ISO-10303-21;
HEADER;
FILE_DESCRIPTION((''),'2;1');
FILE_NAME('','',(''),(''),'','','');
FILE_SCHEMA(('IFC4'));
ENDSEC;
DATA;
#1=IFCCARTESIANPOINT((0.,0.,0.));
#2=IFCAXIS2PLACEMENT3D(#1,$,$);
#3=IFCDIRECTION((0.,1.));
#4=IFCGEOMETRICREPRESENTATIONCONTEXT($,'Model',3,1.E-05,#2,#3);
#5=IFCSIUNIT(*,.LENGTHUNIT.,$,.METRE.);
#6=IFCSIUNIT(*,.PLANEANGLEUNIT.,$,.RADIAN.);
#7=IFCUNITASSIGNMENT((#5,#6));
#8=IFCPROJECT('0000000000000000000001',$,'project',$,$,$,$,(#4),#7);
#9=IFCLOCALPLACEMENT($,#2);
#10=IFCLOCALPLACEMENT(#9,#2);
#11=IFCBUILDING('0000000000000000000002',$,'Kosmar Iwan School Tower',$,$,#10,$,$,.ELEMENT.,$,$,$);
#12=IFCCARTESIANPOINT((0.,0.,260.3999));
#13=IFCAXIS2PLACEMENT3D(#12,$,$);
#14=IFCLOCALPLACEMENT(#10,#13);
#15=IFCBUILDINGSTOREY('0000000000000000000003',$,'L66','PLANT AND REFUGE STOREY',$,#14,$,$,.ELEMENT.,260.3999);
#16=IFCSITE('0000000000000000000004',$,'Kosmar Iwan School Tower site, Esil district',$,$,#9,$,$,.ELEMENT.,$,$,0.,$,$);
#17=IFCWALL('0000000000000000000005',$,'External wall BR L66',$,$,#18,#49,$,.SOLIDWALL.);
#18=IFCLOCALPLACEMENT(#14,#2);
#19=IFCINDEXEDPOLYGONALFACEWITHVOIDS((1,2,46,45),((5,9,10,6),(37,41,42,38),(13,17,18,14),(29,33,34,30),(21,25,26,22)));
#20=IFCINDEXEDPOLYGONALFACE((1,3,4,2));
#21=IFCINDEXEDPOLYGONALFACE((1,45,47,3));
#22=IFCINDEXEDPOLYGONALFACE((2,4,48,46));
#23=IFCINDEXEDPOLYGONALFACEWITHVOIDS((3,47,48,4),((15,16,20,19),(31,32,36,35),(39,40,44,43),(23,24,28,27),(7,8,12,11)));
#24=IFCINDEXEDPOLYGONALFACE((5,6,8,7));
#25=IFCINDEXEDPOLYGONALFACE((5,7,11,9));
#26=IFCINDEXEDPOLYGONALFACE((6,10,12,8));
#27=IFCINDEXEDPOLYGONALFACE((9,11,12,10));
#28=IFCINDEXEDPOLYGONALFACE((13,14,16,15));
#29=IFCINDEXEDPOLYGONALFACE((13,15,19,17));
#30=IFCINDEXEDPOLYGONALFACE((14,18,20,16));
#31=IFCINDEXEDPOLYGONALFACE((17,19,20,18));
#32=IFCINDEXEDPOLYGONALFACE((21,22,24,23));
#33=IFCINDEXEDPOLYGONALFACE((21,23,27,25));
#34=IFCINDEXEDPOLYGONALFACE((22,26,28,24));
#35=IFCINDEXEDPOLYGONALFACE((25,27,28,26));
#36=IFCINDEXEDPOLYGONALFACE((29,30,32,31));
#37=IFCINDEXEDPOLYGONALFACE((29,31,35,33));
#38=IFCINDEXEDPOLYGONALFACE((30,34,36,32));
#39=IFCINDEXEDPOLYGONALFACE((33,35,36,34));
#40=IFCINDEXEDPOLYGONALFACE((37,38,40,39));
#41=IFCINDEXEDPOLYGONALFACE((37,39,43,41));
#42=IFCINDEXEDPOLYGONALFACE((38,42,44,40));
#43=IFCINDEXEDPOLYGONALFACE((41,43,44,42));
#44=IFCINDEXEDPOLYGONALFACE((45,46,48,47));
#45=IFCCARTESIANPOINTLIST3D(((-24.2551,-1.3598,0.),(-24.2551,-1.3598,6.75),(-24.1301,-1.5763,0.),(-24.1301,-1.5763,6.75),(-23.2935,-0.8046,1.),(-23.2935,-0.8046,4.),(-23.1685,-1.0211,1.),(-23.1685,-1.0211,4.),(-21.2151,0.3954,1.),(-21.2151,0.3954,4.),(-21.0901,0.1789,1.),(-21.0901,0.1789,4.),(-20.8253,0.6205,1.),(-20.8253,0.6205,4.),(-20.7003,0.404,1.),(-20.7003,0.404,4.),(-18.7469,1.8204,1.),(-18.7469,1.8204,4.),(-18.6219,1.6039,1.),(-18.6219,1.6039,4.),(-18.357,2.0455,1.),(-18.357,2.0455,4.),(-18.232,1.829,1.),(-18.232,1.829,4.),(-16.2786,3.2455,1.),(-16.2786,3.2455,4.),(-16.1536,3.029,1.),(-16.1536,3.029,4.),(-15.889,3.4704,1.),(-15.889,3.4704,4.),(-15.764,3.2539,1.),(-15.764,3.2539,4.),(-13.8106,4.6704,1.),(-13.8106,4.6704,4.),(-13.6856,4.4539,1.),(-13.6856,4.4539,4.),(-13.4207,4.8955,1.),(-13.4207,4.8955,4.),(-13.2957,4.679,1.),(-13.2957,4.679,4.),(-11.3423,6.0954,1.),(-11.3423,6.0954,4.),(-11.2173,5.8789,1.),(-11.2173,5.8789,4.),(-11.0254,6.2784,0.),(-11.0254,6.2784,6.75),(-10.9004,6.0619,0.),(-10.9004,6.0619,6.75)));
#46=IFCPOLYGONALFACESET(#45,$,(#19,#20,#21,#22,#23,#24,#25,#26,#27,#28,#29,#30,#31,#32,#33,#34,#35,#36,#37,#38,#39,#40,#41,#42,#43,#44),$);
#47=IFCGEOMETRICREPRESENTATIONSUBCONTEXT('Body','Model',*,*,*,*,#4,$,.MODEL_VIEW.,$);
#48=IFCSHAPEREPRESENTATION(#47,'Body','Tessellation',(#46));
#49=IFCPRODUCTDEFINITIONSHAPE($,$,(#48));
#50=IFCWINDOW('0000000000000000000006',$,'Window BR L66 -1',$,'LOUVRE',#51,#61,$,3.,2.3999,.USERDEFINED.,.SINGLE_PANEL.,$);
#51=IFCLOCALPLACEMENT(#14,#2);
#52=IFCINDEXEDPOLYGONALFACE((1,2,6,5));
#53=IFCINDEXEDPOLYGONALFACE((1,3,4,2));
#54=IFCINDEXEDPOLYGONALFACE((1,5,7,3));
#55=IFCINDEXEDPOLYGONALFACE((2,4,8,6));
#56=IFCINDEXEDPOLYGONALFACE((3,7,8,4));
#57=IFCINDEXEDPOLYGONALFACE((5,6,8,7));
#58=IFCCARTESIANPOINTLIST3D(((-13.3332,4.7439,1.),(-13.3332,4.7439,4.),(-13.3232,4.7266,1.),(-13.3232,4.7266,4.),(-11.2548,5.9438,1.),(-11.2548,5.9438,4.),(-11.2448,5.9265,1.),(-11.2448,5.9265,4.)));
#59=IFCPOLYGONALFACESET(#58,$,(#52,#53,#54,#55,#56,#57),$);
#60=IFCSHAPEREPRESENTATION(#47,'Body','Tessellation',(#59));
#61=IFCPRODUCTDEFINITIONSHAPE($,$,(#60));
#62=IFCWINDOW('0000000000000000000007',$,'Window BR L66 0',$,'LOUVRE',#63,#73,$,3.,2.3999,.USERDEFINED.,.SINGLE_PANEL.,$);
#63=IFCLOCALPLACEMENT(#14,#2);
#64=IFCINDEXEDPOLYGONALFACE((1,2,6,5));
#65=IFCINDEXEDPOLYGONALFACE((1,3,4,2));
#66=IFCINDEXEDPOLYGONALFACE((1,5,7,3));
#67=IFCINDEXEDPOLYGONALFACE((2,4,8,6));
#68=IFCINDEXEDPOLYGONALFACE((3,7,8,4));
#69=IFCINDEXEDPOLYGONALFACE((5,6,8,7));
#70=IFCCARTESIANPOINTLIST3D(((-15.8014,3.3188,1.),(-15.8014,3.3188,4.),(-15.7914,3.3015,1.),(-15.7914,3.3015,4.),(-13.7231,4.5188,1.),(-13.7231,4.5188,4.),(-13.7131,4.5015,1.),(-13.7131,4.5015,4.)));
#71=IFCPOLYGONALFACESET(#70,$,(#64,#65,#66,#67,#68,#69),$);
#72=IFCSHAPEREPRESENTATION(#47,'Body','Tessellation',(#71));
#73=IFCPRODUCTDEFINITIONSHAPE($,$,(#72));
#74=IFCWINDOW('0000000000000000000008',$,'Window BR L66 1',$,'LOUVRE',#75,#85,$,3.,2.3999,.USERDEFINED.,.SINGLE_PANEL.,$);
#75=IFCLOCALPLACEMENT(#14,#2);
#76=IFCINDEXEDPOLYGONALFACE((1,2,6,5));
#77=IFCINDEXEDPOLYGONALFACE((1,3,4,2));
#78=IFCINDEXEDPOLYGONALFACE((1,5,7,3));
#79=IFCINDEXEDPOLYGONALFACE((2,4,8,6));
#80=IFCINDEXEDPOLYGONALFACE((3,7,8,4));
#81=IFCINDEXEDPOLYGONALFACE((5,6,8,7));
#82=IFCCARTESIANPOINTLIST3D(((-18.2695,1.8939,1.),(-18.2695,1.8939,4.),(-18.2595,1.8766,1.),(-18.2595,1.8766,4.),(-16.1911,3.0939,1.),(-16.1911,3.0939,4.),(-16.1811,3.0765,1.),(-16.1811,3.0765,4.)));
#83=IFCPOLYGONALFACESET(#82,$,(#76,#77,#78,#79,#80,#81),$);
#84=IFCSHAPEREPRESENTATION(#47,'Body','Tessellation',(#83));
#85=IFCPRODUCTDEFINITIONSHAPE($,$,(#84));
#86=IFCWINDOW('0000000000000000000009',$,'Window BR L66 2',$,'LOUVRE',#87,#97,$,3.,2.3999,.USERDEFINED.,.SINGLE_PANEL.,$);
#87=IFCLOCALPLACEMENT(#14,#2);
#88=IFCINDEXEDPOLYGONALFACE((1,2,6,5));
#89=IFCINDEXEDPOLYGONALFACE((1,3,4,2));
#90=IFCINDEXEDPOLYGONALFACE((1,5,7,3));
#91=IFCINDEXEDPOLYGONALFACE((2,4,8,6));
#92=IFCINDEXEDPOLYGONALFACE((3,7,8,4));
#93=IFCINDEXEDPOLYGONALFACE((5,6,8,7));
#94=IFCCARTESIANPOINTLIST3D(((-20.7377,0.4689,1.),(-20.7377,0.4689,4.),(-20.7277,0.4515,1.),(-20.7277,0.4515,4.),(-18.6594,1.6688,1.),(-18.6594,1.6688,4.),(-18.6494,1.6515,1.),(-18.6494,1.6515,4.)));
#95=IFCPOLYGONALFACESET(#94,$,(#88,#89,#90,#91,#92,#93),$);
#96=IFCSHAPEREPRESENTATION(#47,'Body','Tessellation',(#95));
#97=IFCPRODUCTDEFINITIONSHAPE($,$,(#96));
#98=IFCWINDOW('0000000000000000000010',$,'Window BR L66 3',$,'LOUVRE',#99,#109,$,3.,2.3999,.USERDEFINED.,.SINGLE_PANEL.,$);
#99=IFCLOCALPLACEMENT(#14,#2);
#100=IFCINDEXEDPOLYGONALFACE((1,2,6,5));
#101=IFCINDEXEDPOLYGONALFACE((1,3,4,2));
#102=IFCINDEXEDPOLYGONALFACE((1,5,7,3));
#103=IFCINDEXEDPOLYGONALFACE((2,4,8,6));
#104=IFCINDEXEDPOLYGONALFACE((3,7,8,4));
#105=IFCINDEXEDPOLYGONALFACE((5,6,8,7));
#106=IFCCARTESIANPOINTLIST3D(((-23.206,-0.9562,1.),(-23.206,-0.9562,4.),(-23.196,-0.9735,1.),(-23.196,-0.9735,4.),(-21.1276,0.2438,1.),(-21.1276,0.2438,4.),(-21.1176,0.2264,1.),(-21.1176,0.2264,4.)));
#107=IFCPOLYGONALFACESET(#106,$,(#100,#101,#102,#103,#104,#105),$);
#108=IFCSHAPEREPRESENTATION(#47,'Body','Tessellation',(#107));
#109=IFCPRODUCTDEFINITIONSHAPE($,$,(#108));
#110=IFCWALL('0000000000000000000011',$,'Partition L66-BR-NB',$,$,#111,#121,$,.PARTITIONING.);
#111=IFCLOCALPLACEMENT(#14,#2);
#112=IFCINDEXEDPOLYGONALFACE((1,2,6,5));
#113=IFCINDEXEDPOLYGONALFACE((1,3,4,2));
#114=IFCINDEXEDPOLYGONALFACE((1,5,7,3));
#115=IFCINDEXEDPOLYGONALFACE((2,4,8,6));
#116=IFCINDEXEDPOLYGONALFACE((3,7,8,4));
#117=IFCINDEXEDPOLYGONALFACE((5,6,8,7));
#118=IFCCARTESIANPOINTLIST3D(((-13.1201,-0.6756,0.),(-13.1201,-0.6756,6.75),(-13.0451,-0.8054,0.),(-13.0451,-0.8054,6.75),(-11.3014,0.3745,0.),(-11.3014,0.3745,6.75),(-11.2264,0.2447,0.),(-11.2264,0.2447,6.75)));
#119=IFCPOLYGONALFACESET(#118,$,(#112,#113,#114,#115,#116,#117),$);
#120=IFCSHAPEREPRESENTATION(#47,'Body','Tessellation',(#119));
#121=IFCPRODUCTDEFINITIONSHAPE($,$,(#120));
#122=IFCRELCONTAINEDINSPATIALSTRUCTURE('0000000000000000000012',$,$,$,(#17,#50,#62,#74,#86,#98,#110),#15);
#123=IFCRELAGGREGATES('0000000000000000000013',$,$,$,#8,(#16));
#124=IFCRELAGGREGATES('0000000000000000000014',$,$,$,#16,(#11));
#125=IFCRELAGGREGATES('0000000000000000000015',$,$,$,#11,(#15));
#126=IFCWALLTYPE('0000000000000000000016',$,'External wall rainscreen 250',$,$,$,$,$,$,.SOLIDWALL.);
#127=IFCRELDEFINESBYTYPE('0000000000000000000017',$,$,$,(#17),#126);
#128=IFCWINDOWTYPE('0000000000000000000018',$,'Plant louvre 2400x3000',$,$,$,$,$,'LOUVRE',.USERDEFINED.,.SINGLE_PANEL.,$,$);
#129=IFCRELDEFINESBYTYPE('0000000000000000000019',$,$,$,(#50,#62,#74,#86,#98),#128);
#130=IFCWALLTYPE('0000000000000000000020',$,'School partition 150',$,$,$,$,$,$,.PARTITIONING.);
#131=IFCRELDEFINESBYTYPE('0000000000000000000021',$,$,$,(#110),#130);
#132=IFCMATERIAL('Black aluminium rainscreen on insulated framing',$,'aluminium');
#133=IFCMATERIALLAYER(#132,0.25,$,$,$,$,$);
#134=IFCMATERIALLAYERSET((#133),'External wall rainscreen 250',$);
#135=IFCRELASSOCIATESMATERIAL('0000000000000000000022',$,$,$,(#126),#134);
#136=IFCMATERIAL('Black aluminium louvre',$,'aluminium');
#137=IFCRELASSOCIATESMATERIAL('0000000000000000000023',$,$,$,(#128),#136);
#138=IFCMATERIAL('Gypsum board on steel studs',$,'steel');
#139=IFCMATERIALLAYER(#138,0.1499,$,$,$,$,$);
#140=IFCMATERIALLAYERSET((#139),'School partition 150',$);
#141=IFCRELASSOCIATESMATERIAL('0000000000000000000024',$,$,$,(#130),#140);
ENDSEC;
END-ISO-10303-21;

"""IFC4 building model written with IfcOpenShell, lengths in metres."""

from ifc_helpers import new_model, si_unit, direction, frame, frame_2d, origin, place, context, subcontext, project, spatial, rectangle, extrude, material, layer, layer_set, type_object, element, fill, save


model = new_model("IFC4")

# Units and contexts
model_context = context("Model", 3, precision=1e-05, world=origin(), true_north=direction((0.0, 1.0)))
body_context = subcontext(model_context, "Body", "Model", "MODEL_VIEW")
ifc_project = project(units=[si_unit("LENGTHUNIT", "METRE"), si_unit("PLANEANGLEUNIT", "RADIAN")], contexts=[model_context])

# Site, building, storey
site_placement = place(None, origin())
site = spatial("IfcSite", under=ifc_project, at=site_placement, Name="Kosmar Iwan School Tower site, Esil district", CompositionType="ELEMENT", RefElevation=0.0)
building_placement = place(site_placement, origin())
building = spatial("IfcBuilding", under=site, at=building_placement, Name="Kosmar Iwan School Tower", CompositionType="ELEMENT")
storey_placement = place(building_placement, frame((0.0, 0.0, 260.3999)))
storey = spatial("IfcBuildingStorey", under=building, at=storey_placement, Name="L66", Description="PLANT AND REFUGE STOREY", CompositionType="ELEMENT", Elevation=260.3999)

# Wall, openings, windows
ifc_material_1 = material(Name="Black aluminium rainscreen on insulated framing", Category="aluminium")
ifc_layer_1 = layer(ifc_material_1, 0.25)
ifc_layer_set_1 = layer_set([ifc_layer_1], Name="External wall rainscreen 250")
wall_type_1 = type_object("IfcWallType", Name="External wall rainscreen 250", PredefinedType="SOLIDWALL", material=ifc_layer_set_1)
ifc_material_2 = material(Name="Black aluminium louvre", Category="aluminium")
window_type = type_object("IfcWindowType", Name="Plant louvre 2400x3000", ElementType="LOUVRE", PartitioningType="SINGLE_PANEL", PredefinedType="USERDEFINED", material=ifc_material_2)
wall_1_placement = place(storey_placement, frame((-10.9629, 6.1702, 0.0), z_axis=(0.0, 0.0, 1.0), x_axis=(-0.866026, -0.5, 0.0)))
wall_1 = element("IfcWall", 1, at=wall_1_placement, inside=storey, type_object=wall_type_1, Name="External wall BR L66", PredefinedType="SOLIDWALL", context=body_context, shape_type="SweptSolid", body=[
    extrude(rectangle(XDim=15.2764, YDim=0.25, at=frame_2d((7.6382, 0.0))), origin(), (0.0, 0.0, 1.0), 6.75),
])
opening_1_placement = place(wall_1_placement, frame((0.366, 0.0, 1.0)))
opening_1 = element("IfcOpeningElement", 2, at=opening_1_placement, cuts=wall_1, PredefinedType="OPENING", context=body_context, shape_type="SweptSolid", body=[
    extrude(rectangle(XDim=2.3999, YDim=3.0, at=frame_2d((1.2, 1.5))), frame((0.0, 0.137, 0.0), z_axis=(0.0, -1.0, 0.0), x_axis=(1.0, 0.0, 0.0)), (0.0, 0.0, 1.0), 0.2739),
])
opening_2_placement = place(wall_1_placement, frame((3.2161, 0.0, 1.0)))
opening_2 = element("IfcOpeningElement", 3, at=opening_2_placement, cuts=wall_1, PredefinedType="OPENING", context=body_context, shape_type="SweptSolid", body=[
    extrude(rectangle(XDim=2.3999, YDim=3.0, at=frame_2d((1.2, 1.5))), frame((0.0, 0.137, 0.0), z_axis=(0.0, -1.0, 0.0), x_axis=(1.0, 0.0, 0.0)), (0.0, 0.0, 1.0), 0.2739),
])
opening_3_placement = place(wall_1_placement, frame((6.0659, 0.0, 1.0)))
opening_3 = element("IfcOpeningElement", 4, at=opening_3_placement, cuts=wall_1, PredefinedType="OPENING", context=body_context, shape_type="SweptSolid", body=[
    extrude(rectangle(XDim=2.3999, YDim=3.0, at=frame_2d((1.2, 1.5))), frame((0.0, 0.137, 0.0), z_axis=(0.0, -1.0, 0.0), x_axis=(1.0, 0.0, 0.0)), (0.0, 0.0, 1.0), 0.2739),
])
opening_4_placement = place(wall_1_placement, frame((8.916, 0.0, 1.0)))
opening_4 = element("IfcOpeningElement", 5, at=opening_4_placement, cuts=wall_1, PredefinedType="OPENING", context=body_context, shape_type="SweptSolid", body=[
    extrude(rectangle(XDim=2.3999, YDim=3.0, at=frame_2d((1.2, 1.5))), frame((0.0, 0.137, 0.0), z_axis=(0.0, -1.0, 0.0), x_axis=(1.0, 0.0, 0.0)), (0.0, 0.0, 1.0), 0.2739),
])
opening_5_placement = place(wall_1_placement, frame((11.7661, 0.0, 1.0)))
opening_5 = element("IfcOpeningElement", 6, at=opening_5_placement, cuts=wall_1, PredefinedType="OPENING", context=body_context, shape_type="SweptSolid", body=[
    extrude(rectangle(XDim=2.3999, YDim=3.0, at=frame_2d((1.2, 1.5))), frame((0.0, 0.137, 0.0), z_axis=(0.0, -1.0, 0.0), x_axis=(1.0, 0.0, 0.0)), (0.0, 0.0, 1.0), 0.2739),
])
window_1_placement = place(opening_1_placement, origin())
window_1 = element("IfcWindow", 7, at=window_1_placement, inside=storey, type_object=window_type, Name="Window BR L66 -1", ObjectType="LOUVRE", OverallHeight=3.0, OverallWidth=2.3999, PartitioningType="SINGLE_PANEL", PredefinedType="USERDEFINED", context=body_context, shape_type="SweptSolid", body=[
    extrude(rectangle(XDim=2.3999, YDim=3.0, at=frame_2d((1.2, 1.5))), frame((0.0, 0.0701, 0.0), z_axis=(0.0, -1.0, 0.0), x_axis=(1.0, 0.0, 0.0)), (0.0, 0.0, 1.0), 0.02),
])
fill(opening_1, window_1)
window_2_placement = place(opening_2_placement, origin())
window_2 = element("IfcWindow", 8, at=window_2_placement, inside=storey, type_object=window_type, Name="Window BR L66 0", ObjectType="LOUVRE", OverallHeight=3.0, OverallWidth=2.3999, PartitioningType="SINGLE_PANEL", PredefinedType="USERDEFINED", context=body_context, shape_type="SweptSolid", body=[
    extrude(rectangle(XDim=2.3999, YDim=3.0, at=frame_2d((1.2, 1.5))), frame((0.0, 0.0701, 0.0), z_axis=(0.0, -1.0, 0.0), x_axis=(1.0, 0.0, 0.0)), (0.0, 0.0, 1.0), 0.02),
])
fill(opening_2, window_2)
window_3_placement = place(opening_3_placement, origin())
window_3 = element("IfcWindow", 9, at=window_3_placement, inside=storey, type_object=window_type, Name="Window BR L66 1", ObjectType="LOUVRE", OverallHeight=3.0, OverallWidth=2.3999, PartitioningType="SINGLE_PANEL", PredefinedType="USERDEFINED", context=body_context, shape_type="SweptSolid", body=[
    extrude(rectangle(XDim=2.3999, YDim=3.0, at=frame_2d((1.2, 1.5))), frame((0.0, 0.0701, 0.0), z_axis=(0.0, -1.0, 0.0), x_axis=(1.0, 0.0, 0.0)), (0.0, 0.0, 1.0), 0.02),
])
fill(opening_3, window_3)
window_4_placement = place(opening_4_placement, origin())
window_4 = element("IfcWindow", 10, at=window_4_placement, inside=storey, type_object=window_type, Name="Window BR L66 2", ObjectType="LOUVRE", OverallHeight=3.0, OverallWidth=2.3999, PartitioningType="SINGLE_PANEL", PredefinedType="USERDEFINED", context=body_context, shape_type="SweptSolid", body=[
    extrude(rectangle(XDim=2.3999, YDim=3.0, at=frame_2d((1.2, 1.5))), frame((0.0, 0.0701, 0.0), z_axis=(0.0, -1.0, 0.0), x_axis=(1.0, 0.0, 0.0)), (0.0, 0.0, 1.0), 0.02),
])
fill(opening_4, window_4)
window_5_placement = place(opening_5_placement, origin())
window_5 = element("IfcWindow", 11, at=window_5_placement, inside=storey, type_object=window_type, Name="Window BR L66 3", ObjectType="LOUVRE", OverallHeight=3.0, OverallWidth=2.3999, PartitioningType="SINGLE_PANEL", PredefinedType="USERDEFINED", context=body_context, shape_type="SweptSolid", body=[
    extrude(rectangle(XDim=2.3999, YDim=3.0, at=frame_2d((1.2, 1.5))), frame((0.0, 0.0701, 0.0), z_axis=(0.0, -1.0, 0.0), x_axis=(1.0, 0.0, 0.0)), (0.0, 0.0, 1.0), 0.02),
])
fill(opening_5, window_5)

# Wall
ifc_material_3 = material(Name="Gypsum board on steel studs", Category="steel")
ifc_layer_2 = layer(ifc_material_3, 0.1499)
ifc_layer_set_2 = layer_set([ifc_layer_2], Name="School partition 150")
wall_type_2 = type_object("IfcWallType", Name="School partition 150", PredefinedType="PARTITIONING", material=ifc_layer_set_2)
wall_2_placement = place(storey_placement, frame((-11.2639, 0.3096, 0.0), z_axis=(0.0, 0.0, 1.0), x_axis=(-0.866009, -0.500028, 0.0)))
element("IfcWall", 12, at=wall_2_placement, inside=storey, type_object=wall_type_2, Name="Partition L66-BR-NB", PredefinedType="PARTITIONING", context=body_context, shape_type="SweptSolid", body=[
    extrude(rectangle(XDim=2.1001, YDim=0.1499, at=frame_2d((1.05, 0.0))), origin(), (0.0, 0.0, 1.0), 6.75),
])

save(model, "model.ifc")
